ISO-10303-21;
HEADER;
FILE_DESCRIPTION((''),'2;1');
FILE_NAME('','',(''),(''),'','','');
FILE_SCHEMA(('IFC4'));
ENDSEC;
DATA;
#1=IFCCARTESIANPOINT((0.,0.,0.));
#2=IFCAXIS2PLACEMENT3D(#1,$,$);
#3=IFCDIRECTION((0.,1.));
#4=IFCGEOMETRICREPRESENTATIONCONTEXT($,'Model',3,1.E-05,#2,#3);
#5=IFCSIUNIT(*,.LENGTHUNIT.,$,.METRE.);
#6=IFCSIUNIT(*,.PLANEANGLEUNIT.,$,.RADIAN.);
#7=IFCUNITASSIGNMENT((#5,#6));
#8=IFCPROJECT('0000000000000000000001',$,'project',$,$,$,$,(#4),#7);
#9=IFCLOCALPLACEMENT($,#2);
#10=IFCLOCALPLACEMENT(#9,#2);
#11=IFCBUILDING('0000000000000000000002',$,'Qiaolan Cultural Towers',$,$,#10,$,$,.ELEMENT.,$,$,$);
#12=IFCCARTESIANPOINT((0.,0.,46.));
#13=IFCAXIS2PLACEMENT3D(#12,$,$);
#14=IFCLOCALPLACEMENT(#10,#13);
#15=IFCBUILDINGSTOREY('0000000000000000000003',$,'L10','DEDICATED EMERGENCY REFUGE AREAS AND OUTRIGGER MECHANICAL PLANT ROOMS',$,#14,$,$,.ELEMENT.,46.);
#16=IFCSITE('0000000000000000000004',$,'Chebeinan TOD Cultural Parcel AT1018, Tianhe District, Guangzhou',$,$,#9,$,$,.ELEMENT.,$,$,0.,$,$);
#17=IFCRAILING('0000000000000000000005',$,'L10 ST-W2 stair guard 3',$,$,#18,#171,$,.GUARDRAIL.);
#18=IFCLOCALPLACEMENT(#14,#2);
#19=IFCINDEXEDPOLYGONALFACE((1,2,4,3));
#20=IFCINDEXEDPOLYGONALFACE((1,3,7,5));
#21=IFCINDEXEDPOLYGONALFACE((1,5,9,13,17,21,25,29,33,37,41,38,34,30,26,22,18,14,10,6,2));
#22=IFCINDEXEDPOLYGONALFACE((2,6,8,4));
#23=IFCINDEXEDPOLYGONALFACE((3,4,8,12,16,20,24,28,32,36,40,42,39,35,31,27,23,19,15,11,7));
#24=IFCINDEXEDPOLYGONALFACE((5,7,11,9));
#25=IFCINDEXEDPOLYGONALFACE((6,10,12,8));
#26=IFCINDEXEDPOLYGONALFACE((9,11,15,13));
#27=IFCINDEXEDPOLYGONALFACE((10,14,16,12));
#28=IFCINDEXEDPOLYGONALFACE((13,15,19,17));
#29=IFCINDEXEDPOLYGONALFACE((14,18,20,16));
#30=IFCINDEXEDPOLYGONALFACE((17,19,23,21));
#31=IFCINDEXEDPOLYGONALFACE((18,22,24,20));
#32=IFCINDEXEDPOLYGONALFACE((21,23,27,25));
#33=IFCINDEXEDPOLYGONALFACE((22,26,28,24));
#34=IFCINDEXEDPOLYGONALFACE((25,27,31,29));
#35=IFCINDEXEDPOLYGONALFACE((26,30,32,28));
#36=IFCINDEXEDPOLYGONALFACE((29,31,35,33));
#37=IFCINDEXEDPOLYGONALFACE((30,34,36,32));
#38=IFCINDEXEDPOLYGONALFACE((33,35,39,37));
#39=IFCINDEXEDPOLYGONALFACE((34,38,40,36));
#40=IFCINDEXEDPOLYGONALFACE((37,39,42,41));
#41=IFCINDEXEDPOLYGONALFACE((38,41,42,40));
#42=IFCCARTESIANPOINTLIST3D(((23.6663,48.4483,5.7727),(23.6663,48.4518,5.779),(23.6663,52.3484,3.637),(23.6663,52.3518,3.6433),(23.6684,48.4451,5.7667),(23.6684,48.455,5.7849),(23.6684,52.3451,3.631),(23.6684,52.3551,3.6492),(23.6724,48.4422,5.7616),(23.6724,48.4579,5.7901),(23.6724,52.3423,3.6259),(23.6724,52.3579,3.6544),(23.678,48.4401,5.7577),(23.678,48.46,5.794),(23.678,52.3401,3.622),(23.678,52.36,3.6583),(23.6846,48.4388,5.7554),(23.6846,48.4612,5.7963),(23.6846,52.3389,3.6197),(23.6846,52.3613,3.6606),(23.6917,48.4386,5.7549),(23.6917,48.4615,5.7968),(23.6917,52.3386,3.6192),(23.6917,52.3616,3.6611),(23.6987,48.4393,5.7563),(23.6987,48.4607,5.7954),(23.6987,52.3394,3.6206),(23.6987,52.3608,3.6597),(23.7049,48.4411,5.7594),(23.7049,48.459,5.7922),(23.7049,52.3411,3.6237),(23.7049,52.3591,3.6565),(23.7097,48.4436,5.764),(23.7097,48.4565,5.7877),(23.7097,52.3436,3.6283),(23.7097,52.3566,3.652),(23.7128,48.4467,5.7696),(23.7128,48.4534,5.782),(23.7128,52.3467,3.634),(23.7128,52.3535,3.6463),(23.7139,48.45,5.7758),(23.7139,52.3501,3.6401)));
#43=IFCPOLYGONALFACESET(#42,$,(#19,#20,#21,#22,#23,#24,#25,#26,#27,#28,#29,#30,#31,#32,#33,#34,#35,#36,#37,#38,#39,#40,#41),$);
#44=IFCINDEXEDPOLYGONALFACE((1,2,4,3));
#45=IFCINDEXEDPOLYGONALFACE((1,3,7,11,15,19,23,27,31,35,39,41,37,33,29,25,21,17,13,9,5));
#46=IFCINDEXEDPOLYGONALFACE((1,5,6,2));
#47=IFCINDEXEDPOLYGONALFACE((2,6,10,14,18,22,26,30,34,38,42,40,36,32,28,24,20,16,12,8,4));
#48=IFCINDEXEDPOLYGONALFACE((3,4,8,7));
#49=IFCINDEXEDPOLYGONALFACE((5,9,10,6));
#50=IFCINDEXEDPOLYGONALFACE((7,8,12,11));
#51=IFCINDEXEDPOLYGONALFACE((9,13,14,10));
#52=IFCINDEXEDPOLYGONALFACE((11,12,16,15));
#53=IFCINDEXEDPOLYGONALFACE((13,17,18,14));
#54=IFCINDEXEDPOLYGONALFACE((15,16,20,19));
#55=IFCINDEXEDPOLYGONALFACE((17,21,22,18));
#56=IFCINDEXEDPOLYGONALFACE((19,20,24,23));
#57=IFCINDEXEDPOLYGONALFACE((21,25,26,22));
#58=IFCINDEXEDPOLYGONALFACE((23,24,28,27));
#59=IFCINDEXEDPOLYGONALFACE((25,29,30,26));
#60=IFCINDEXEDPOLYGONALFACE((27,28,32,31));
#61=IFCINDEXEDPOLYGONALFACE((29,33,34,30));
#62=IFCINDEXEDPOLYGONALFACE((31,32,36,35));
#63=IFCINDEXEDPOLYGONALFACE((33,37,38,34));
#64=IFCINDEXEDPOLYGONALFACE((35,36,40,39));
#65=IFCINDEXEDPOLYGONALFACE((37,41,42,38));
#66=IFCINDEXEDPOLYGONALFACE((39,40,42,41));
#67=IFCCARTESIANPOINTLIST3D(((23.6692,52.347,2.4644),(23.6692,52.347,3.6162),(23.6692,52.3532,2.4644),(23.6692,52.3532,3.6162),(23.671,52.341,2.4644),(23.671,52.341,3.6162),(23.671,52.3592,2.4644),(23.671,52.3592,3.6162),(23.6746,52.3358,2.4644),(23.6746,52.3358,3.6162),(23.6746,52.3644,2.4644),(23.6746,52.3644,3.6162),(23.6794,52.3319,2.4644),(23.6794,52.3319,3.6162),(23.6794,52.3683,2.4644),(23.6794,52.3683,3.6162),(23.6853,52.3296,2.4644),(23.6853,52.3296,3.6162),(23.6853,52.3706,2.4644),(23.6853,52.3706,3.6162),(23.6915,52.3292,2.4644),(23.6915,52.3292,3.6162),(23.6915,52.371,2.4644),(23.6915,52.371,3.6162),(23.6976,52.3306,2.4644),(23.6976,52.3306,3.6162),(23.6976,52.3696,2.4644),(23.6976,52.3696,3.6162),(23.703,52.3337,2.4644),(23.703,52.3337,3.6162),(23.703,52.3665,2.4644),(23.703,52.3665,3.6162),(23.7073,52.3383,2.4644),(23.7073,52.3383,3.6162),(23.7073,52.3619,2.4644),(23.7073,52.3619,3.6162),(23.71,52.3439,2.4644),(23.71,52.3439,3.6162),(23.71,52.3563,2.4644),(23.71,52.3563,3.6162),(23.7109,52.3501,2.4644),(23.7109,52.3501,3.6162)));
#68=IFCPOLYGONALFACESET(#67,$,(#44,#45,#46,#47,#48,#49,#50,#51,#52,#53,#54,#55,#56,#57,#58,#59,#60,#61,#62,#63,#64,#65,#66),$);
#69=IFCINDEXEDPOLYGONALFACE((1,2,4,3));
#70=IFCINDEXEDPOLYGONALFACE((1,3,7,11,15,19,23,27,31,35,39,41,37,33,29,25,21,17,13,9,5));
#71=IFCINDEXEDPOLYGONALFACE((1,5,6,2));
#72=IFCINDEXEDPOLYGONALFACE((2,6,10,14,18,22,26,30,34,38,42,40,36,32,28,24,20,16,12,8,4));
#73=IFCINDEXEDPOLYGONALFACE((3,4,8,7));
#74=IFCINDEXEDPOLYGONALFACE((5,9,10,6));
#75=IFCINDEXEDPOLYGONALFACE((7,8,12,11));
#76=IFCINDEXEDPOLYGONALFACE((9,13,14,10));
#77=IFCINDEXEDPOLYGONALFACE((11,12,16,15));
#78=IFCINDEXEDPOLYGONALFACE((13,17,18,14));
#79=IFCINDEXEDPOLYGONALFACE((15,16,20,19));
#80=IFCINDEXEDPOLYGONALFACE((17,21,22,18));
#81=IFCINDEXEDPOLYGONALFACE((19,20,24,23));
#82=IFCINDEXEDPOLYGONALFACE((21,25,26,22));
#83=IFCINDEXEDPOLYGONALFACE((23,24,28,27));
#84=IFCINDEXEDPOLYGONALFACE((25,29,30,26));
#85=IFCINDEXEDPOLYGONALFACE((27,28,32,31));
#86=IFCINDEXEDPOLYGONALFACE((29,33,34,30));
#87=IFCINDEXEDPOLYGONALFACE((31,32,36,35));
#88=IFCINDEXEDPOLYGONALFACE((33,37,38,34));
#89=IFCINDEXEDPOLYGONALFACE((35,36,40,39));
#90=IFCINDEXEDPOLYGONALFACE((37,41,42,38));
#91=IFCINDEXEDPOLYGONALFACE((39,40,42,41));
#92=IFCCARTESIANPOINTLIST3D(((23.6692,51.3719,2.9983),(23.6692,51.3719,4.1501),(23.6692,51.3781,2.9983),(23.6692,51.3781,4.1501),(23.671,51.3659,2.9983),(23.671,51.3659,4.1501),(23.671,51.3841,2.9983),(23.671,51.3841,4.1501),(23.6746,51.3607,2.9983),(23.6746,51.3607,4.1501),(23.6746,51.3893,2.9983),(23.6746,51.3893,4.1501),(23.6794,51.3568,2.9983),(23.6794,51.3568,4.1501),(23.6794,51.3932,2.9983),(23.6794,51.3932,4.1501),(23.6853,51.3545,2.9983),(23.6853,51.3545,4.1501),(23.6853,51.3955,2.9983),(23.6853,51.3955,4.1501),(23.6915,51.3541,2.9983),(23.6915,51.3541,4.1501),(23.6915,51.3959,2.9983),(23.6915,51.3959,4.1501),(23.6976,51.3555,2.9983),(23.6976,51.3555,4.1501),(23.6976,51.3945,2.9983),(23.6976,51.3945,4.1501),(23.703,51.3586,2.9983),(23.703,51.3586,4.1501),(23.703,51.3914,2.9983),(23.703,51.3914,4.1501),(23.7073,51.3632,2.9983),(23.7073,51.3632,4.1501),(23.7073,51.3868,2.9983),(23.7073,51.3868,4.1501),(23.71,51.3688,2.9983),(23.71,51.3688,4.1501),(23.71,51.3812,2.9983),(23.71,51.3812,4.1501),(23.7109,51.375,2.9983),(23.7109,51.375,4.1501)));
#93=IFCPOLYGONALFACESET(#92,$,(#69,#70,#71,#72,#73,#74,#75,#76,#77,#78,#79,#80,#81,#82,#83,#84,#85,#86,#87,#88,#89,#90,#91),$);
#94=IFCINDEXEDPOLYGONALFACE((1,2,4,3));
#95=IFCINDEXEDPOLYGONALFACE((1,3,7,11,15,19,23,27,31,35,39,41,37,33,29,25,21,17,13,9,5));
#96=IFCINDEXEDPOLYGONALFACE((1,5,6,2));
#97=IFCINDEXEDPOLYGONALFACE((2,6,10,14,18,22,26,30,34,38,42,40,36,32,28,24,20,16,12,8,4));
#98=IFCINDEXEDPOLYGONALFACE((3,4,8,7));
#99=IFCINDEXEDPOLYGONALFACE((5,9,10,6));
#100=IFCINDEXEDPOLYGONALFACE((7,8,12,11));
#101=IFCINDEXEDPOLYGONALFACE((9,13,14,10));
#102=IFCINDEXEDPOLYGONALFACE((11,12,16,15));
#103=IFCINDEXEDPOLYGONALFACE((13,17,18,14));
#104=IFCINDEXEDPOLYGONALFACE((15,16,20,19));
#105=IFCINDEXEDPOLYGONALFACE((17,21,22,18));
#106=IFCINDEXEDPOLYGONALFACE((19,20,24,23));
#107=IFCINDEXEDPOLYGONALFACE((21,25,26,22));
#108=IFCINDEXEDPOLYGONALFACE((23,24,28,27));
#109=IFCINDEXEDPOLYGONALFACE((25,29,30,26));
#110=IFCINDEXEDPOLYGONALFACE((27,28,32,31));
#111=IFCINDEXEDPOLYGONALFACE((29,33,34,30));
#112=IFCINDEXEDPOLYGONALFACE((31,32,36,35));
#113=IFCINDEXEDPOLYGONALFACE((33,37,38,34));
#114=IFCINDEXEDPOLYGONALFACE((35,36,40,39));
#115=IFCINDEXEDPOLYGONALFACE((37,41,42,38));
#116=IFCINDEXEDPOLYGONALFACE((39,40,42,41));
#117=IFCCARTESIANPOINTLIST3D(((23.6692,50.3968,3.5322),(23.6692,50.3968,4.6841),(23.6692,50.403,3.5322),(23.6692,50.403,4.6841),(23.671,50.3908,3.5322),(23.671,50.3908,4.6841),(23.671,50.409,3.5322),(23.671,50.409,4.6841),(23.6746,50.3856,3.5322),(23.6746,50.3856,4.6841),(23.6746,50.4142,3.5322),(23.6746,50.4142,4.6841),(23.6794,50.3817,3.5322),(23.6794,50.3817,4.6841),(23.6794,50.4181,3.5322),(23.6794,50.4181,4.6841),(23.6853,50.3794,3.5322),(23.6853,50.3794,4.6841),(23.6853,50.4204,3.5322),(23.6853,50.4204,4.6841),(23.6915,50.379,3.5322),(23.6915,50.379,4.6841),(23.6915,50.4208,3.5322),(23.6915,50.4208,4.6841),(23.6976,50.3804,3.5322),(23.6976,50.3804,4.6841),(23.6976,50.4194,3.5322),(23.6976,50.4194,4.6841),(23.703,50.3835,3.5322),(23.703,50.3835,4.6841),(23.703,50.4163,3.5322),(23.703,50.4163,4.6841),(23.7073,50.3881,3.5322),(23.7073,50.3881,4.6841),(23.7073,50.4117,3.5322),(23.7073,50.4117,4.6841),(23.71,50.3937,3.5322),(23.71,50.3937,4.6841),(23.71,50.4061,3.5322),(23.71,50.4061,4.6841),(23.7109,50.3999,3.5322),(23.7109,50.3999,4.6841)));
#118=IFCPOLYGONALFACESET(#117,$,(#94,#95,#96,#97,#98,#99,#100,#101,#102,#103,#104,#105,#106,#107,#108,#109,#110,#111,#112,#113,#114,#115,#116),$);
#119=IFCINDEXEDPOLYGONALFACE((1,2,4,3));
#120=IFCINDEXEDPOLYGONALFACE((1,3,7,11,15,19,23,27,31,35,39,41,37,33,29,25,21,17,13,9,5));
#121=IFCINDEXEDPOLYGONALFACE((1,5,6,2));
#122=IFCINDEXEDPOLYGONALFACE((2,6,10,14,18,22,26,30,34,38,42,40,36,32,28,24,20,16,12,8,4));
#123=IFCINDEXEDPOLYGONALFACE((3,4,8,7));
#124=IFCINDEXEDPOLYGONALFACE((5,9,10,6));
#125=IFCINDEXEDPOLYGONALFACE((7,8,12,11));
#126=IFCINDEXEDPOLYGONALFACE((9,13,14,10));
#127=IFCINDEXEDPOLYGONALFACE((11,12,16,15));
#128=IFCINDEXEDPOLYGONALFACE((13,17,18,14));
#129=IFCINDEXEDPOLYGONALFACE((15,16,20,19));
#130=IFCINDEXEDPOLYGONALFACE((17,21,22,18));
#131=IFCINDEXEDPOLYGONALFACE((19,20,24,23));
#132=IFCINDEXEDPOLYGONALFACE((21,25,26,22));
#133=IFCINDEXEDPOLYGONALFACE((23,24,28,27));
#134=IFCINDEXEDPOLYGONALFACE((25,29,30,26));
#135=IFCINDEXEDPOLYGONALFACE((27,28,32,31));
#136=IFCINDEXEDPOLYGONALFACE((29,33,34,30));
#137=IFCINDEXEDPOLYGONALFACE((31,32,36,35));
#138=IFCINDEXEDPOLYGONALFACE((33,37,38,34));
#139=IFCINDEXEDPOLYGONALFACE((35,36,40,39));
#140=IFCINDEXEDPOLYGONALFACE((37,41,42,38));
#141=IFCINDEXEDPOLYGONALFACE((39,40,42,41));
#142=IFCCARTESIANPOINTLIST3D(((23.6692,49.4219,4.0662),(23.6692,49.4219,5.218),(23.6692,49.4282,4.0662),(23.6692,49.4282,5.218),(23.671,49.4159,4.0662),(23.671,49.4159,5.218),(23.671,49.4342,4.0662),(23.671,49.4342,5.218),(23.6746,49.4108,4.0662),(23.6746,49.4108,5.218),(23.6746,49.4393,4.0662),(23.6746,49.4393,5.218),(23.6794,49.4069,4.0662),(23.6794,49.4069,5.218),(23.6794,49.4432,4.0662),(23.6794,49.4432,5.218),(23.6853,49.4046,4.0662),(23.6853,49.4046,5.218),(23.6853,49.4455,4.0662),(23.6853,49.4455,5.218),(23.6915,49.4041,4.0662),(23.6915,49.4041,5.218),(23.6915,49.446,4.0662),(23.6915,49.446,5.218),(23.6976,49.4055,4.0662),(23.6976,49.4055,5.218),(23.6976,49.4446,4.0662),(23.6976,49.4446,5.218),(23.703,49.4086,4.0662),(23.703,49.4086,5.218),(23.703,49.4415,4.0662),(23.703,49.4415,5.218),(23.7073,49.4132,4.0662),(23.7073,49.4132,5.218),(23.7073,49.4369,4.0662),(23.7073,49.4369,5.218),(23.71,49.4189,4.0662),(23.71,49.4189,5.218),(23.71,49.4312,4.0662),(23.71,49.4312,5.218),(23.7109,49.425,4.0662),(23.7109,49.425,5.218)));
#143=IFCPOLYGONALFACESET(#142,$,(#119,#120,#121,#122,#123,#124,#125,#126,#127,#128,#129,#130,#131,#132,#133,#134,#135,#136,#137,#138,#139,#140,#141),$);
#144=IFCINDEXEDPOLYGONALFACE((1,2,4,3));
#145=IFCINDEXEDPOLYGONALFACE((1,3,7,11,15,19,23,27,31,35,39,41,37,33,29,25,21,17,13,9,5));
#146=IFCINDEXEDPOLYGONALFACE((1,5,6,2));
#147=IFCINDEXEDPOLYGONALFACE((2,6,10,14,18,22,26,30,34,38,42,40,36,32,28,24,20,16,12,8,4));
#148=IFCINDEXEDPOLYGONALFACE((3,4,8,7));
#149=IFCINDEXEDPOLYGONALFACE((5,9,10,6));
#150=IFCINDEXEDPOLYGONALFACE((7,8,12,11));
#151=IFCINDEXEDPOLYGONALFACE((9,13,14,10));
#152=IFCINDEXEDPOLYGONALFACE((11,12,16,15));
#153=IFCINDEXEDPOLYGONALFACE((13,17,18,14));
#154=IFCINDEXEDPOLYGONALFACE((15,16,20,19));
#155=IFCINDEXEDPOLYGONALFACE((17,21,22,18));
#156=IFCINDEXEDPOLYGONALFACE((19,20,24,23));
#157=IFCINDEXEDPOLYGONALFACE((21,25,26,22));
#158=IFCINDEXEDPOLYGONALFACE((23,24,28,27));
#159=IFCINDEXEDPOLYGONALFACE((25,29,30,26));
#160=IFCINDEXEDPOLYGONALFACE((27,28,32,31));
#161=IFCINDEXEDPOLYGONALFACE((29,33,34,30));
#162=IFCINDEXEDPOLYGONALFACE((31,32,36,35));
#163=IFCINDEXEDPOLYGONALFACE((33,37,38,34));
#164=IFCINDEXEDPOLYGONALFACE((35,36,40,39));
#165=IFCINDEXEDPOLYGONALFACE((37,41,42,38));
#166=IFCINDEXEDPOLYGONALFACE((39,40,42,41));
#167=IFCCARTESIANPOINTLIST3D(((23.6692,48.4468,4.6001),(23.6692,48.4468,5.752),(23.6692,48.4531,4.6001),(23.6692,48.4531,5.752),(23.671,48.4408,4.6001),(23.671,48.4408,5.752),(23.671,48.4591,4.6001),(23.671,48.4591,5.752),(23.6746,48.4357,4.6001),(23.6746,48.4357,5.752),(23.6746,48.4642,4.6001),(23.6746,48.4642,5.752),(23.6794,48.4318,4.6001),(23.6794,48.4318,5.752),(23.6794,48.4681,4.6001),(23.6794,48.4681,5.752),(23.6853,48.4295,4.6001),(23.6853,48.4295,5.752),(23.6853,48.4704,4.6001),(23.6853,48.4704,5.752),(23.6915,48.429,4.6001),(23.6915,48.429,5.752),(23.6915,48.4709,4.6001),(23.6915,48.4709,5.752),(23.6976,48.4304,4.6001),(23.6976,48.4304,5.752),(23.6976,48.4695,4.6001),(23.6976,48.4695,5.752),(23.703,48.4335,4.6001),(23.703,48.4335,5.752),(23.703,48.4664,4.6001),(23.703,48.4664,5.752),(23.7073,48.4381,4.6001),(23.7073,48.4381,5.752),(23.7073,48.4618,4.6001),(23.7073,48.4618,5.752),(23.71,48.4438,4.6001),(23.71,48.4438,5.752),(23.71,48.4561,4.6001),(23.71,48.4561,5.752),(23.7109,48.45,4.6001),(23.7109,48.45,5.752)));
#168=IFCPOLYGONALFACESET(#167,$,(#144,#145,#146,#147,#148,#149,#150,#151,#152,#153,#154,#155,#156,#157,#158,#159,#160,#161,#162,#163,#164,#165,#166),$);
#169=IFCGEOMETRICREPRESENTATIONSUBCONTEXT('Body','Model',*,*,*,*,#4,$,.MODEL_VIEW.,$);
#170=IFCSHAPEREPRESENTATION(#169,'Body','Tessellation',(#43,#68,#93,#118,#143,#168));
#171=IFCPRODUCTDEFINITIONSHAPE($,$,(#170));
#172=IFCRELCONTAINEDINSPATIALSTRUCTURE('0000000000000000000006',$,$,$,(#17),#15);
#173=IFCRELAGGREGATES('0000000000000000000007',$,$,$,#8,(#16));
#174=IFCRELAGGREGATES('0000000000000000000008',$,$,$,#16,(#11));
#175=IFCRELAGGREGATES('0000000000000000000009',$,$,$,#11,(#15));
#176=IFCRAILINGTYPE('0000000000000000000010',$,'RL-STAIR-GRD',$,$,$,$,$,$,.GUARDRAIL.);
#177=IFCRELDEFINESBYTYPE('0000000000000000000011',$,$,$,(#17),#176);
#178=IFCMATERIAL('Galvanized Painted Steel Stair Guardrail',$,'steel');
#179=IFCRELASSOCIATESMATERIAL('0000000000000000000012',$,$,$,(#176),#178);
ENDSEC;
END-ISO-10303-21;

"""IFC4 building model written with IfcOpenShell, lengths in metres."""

from ifc_helpers import new_model, si_unit, direction, frame, origin, origin_2d, place, context, subcontext, project, spatial, circle, extrude, material, type_object, element, save


model = new_model("IFC4")

# Units and contexts
model_context = context("Model", 3, precision=1e-05, world=origin(), true_north=direction((0.0, 1.0)))
body_context = subcontext(model_context, "Body", "Model", "MODEL_VIEW")
ifc_project = project(units=[si_unit("LENGTHUNIT", "METRE"), si_unit("PLANEANGLEUNIT", "RADIAN")], contexts=[model_context])

# Site, building, storey
site_placement = place(None, origin())
site = spatial("IfcSite", under=ifc_project, at=site_placement, Name="Chebeinan TOD Cultural Parcel AT1018, Tianhe District, Guangzhou", CompositionType="ELEMENT", RefElevation=0.0)
building_placement = place(site_placement, origin())
building = spatial("IfcBuilding", under=site, at=building_placement, Name="Qiaolan Cultural Towers", CompositionType="ELEMENT")
storey_placement = place(building_placement, frame((0.0, 0.0, 46.0)))
storey = spatial("IfcBuildingStorey", under=building, at=storey_placement, Name="L10", Description="DEDICATED EMERGENCY REFUGE AREAS AND OUTRIGGER MECHANICAL PLANT ROOMS", CompositionType="ELEMENT", Elevation=46.0)

# Railing
ifc_material_1 = material(Name="Galvanized Painted Steel Stair Guardrail", Category="steel")
railing_type_1 = type_object("IfcRailingType", Name="RL-STAIR-GRD", PredefinedType="GUARDRAIL", material=ifc_material_1)
railing_1_placement = place(storey_placement, frame((23.6899, 52.3501, 2.4644)))
element("IfcRailing", 1, at=railing_1_placement, inside=storey, type_object=railing_type_1, Name="L10 ST-W2 stair guard 3", PredefinedType="GUARDRAIL", context=body_context, shape_type="SweptSolid", body=[
    extrude(circle(Radius=0.0239, at=origin_2d()), frame((0.0, 0.0, 1.1758), z_axis=(0.0, -0.877101, 0.480306), x_axis=(1.0, 0.0, 0.0)), (0.0, 0.0, 1.0), 4.4465),
    extrude(circle(Radius=0.021, at=origin_2d()), origin(), (0.0, 0.0, 1.0), 1.1519),
    extrude(circle(Radius=0.021, at=origin_2d()), frame((0.0, -0.9751, 0.5339)), (0.0, 0.0, 1.0), 1.1519),
    extrude(circle(Radius=0.021, at=origin_2d()), frame((0.0, -1.9502, 1.0679)), (0.0, 0.0, 1.0), 1.1519),
    extrude(circle(Radius=0.021, at=origin_2d()), frame((0.0, -2.925, 1.6018)), (0.0, 0.0, 1.0), 1.1519),
    extrude(circle(Radius=0.021, at=origin_2d()), frame((0.0, -3.9001, 2.1357)), (0.0, 0.0, 1.0), 1.1519),
])

save(model, "model.ifc")
